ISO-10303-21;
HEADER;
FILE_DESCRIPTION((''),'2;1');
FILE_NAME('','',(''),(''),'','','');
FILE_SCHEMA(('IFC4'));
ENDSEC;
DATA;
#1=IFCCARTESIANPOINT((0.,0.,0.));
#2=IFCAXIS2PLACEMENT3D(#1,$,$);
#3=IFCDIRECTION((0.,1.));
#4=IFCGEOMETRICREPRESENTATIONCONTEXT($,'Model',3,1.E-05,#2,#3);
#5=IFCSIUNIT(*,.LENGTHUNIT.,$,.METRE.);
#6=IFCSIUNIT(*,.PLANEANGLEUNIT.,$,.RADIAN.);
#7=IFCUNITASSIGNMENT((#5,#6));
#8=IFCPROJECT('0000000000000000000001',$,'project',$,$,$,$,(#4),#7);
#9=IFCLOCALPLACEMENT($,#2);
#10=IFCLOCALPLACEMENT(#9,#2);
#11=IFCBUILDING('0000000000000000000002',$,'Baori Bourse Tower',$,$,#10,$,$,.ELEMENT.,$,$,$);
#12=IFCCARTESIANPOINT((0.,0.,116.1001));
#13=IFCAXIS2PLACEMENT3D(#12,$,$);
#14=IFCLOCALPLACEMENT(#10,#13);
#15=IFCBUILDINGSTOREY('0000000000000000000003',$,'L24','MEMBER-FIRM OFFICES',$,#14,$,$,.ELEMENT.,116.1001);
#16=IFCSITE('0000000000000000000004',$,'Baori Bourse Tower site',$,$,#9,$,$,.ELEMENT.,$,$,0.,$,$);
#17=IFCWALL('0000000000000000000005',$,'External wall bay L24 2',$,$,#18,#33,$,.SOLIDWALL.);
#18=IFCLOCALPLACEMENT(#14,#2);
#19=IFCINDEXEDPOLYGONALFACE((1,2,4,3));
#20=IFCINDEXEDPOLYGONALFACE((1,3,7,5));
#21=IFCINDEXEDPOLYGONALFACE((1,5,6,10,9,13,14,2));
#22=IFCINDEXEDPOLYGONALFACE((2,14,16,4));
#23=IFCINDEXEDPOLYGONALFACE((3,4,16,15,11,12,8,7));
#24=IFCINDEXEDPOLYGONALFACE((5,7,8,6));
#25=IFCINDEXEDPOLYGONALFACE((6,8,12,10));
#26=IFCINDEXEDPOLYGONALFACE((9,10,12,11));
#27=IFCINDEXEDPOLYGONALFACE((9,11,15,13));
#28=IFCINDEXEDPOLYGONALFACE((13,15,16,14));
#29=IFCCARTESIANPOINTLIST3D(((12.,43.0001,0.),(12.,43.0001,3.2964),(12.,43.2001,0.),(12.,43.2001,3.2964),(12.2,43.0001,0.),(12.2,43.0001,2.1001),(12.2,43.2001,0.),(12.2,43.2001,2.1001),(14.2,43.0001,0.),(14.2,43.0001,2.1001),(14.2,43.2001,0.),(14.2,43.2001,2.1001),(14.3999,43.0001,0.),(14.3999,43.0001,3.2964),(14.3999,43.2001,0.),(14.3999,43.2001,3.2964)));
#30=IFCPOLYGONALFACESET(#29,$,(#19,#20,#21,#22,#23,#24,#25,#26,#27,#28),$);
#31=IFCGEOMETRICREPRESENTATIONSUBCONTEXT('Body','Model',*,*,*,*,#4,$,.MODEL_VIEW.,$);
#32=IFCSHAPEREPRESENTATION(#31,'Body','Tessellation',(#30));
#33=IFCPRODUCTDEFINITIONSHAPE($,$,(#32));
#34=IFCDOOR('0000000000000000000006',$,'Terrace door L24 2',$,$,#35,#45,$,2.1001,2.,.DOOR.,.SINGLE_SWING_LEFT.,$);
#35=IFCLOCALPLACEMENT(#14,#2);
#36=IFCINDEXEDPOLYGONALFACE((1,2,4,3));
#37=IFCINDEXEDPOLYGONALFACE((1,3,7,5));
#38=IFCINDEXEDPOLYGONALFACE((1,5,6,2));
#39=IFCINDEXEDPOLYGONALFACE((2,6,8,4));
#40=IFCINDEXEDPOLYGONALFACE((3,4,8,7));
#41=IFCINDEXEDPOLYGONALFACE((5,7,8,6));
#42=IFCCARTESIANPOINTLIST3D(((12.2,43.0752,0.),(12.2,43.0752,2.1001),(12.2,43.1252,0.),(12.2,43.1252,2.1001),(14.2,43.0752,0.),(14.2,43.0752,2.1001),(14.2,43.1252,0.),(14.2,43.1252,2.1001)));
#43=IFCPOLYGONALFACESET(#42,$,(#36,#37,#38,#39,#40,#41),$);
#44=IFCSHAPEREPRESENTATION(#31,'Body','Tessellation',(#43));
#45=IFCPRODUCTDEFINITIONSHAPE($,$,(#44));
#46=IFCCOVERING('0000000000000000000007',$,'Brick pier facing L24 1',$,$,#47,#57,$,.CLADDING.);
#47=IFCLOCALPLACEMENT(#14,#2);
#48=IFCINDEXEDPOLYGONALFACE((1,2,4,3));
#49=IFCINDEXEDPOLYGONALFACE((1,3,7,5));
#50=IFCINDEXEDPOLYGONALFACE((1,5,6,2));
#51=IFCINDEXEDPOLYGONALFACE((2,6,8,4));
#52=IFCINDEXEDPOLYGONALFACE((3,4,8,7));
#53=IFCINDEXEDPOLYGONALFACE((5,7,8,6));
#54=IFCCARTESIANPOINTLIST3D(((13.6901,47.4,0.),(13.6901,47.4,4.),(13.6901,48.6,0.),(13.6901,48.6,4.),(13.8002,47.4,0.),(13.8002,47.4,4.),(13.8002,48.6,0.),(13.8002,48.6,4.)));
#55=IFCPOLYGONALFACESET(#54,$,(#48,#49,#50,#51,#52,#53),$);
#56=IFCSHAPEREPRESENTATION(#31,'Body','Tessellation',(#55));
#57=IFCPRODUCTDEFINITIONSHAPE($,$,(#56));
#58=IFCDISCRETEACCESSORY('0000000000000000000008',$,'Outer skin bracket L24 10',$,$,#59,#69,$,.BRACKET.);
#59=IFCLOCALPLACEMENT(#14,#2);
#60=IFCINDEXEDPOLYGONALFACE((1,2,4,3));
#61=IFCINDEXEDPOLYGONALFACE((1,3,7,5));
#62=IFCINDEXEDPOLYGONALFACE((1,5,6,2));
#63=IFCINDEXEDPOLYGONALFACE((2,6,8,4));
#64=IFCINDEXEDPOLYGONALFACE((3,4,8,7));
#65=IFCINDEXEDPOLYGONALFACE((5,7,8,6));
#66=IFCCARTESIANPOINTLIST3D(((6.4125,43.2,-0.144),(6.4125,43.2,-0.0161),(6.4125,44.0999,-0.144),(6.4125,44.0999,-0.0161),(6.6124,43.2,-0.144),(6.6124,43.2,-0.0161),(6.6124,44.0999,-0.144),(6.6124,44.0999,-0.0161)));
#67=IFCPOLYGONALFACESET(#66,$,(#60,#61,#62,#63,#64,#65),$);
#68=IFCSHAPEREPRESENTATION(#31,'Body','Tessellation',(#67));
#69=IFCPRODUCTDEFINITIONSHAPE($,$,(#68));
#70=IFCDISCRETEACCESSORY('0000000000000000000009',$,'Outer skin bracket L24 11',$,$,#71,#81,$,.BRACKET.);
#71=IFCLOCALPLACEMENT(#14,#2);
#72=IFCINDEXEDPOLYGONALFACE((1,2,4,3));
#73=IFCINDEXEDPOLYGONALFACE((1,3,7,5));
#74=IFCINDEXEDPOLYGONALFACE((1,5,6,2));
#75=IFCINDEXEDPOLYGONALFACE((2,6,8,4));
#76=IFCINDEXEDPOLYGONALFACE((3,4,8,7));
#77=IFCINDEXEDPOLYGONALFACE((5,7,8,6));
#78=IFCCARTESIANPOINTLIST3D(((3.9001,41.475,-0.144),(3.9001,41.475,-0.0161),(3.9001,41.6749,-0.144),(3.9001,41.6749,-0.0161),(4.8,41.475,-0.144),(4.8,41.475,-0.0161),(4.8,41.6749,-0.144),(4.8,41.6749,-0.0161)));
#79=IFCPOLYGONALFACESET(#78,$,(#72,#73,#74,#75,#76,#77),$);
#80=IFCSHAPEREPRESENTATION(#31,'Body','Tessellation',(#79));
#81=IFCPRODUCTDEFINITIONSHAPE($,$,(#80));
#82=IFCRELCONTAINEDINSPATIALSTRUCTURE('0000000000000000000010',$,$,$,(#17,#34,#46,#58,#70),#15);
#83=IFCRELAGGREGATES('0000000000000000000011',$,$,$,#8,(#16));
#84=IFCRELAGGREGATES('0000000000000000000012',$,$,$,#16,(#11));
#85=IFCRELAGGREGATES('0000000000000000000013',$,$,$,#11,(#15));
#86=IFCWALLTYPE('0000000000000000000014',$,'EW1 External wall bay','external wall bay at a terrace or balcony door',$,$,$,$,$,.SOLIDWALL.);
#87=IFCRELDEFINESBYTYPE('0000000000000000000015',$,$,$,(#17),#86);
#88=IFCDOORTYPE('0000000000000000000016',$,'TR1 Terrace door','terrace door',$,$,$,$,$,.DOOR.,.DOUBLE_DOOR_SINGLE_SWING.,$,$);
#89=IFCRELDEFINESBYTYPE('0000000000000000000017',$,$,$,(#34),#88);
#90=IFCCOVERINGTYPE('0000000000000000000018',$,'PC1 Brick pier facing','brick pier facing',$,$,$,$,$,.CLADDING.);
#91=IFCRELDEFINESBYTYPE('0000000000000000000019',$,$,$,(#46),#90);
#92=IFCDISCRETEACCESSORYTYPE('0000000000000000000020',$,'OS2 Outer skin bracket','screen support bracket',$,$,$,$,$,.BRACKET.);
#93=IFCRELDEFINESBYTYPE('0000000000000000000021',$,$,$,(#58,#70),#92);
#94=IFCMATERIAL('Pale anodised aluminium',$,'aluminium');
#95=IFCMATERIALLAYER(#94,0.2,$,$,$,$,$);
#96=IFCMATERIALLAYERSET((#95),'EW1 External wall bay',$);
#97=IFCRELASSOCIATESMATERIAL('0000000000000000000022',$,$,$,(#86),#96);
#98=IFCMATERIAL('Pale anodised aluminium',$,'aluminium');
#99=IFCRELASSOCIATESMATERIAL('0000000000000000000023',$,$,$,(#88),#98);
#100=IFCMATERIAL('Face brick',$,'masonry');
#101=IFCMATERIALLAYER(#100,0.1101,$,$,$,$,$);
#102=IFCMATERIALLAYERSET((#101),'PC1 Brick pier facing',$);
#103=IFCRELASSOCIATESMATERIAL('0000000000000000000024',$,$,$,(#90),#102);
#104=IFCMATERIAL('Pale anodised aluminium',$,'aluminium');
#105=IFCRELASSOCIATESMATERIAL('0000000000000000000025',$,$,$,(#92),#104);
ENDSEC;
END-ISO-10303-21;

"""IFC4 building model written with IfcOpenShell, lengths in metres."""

from ifc_helpers import new_model, si_unit, direction, frame, frame_2d, origin, origin_2d, place, context, subcontext, project, spatial, rectangle, extrude, material, layer, layer_set, type_object, element, fill, save


model = new_model("IFC4")

# Units and contexts
model_context = context("Model", 3, precision=1e-05, world=origin(), true_north=direction((0.0, 1.0)))
body_context = subcontext(model_context, "Body", "Model", "MODEL_VIEW")
ifc_project = project(units=[si_unit("LENGTHUNIT", "METRE"), si_unit("PLANEANGLEUNIT", "RADIAN")], contexts=[model_context])

# Site, building, storey
site_placement = place(None, origin())
site = spatial("IfcSite", under=ifc_project, at=site_placement, Name="Baori Bourse Tower site", CompositionType="ELEMENT", RefElevation=0.0)
building_placement = place(site_placement, origin())
building = spatial("IfcBuilding", under=site, at=building_placement, Name="Baori Bourse Tower", CompositionType="ELEMENT")
storey_placement = place(building_placement, frame((0.0, 0.0, 116.1001)))
storey = spatial("IfcBuildingStorey", under=building, at=storey_placement, Name="L24", Description="MEMBER-FIRM OFFICES", CompositionType="ELEMENT", Elevation=116.1001)

# Wall, opening, door
ifc_material_1 = material(Name="Pale anodised aluminium", Category="aluminium")
ifc_layer_1 = layer(ifc_material_1, 0.2)
ifc_layer_set_1 = layer_set([ifc_layer_1], Name="EW1 External wall bay")
wall_type_1 = type_object("IfcWallType", Name="EW1 External wall bay", Description="external wall bay at a terrace or balcony door", PredefinedType="SOLIDWALL", material=ifc_layer_set_1)
wall_1_placement = place(storey_placement, frame((14.3999, 43.1001, 0.0), z_axis=(0.0, 0.0, 1.0), x_axis=(-1.0, 0.0, 0.0)))
wall_1 = element("IfcWall", 1, at=wall_1_placement, inside=storey, type_object=wall_type_1, Name="External wall bay L24 2", PredefinedType="SOLIDWALL", context=body_context, shape_type="SweptSolid", body=[
    extrude(rectangle(XDim=2.3999, YDim=0.2, at=frame_2d((1.2, 0.0))), origin(), (0.0, 0.0, 1.0), 3.2964),
])
opening_1_placement = place(wall_1_placement, frame((0.2, 0.0, 0.0)))
opening_1 = element("IfcOpeningElement", 2, at=opening_1_placement, cuts=wall_1, PredefinedType="OPENING", context=body_context, shape_type="SweptSolid", body=[
    extrude(rectangle(XDim=2.0, YDim=2.1001, at=frame_2d((1.0, 1.05))), frame((0.0, 0.1099, 0.0), z_axis=(0.0, -1.0, 0.0), x_axis=(1.0, 0.0, 0.0)), (0.0, 0.0, 1.0), 0.22),
])
ifc_material_2 = material(Name="Pale anodised aluminium", Category="aluminium")
door_type_1 = type_object("IfcDoorType", Name="TR1 Terrace door", Description="terrace door", OperationType="DOUBLE_DOOR_SINGLE_SWING", PredefinedType="DOOR", material=ifc_material_2)
door_1_placement = place(opening_1_placement, origin())
door_1 = element("IfcDoor", 3, at=door_1_placement, inside=storey, type_object=door_type_1, Name="Terrace door L24 2", OperationType="SINGLE_SWING_LEFT", OverallHeight=2.1001, OverallWidth=2.0, PredefinedType="DOOR", context=body_context, shape_type="SweptSolid", body=[
    extrude(rectangle(XDim=2.0, YDim=2.1001, at=frame_2d((1.0, 1.05))), frame((0.0, 0.0249, 0.0), z_axis=(0.0, -1.0, 0.0), x_axis=(1.0, 0.0, 0.0)), (0.0, 0.0, 1.0), 0.05),
])
fill(opening_1, door_1)

# Covering
ifc_material_3 = material(Name="Face brick", Category="masonry")
ifc_layer_2 = layer(ifc_material_3, 0.1101)
ifc_layer_set_2 = layer_set([ifc_layer_2], Name="PC1 Brick pier facing")
covering_type = type_object("IfcCoveringType", Name="PC1 Brick pier facing", Description="brick pier facing", PredefinedType="CLADDING", material=ifc_layer_set_2)
covering_placement = place(storey_placement, frame((13.7451, 48.0, 0.0), z_axis=(0.0, 0.0, 1.0), x_axis=(1.0, 0.0, 0.0)))
element("IfcCovering", 4, at=covering_placement, inside=storey, type_object=covering_type, Name="Brick pier facing L24 1", PredefinedType="CLADDING", context=body_context, shape_type="SweptSolid", body=[
    extrude(rectangle(XDim=0.1101, YDim=1.2, at=origin_2d()), origin(), (0.0, 0.0, 1.0), 4.0),
])

# Discrete accessories
ifc_material_4 = material(Name="Pale anodised aluminium", Category="aluminium")
discrete_accessory_type = type_object("IfcDiscreteAccessoryType", Name="OS2 Outer skin bracket", Description="screen support bracket", PredefinedType="BRACKET", material=ifc_material_4)
for number, where, z_axis, x_axis, name in (
    (5, (6.5125, 43.6499, -0.144), (0.0, 0.0, 1.0), (-1.0, 0.0, 0.0), "Outer skin bracket L24 10"),
    (6, (4.3501, 41.575, -0.144), (0.0, 0.0, 1.0), (0.0, -1.0, 0.0), "Outer skin bracket L24 11"),
):
    element("IfcDiscreteAccessory", number, at=place(storey_placement, frame(where, z_axis=z_axis, x_axis=x_axis)), inside=storey, type_object=discrete_accessory_type, Name=name, PredefinedType="BRACKET", context=body_context, shape_type="SweptSolid", body=[
        extrude(rectangle(XDim=0.2, YDim=0.8999, at=origin_2d()), origin(), (0.0, 0.0, 1.0), 0.1279),
    ])

save(model, "model.ifc")
